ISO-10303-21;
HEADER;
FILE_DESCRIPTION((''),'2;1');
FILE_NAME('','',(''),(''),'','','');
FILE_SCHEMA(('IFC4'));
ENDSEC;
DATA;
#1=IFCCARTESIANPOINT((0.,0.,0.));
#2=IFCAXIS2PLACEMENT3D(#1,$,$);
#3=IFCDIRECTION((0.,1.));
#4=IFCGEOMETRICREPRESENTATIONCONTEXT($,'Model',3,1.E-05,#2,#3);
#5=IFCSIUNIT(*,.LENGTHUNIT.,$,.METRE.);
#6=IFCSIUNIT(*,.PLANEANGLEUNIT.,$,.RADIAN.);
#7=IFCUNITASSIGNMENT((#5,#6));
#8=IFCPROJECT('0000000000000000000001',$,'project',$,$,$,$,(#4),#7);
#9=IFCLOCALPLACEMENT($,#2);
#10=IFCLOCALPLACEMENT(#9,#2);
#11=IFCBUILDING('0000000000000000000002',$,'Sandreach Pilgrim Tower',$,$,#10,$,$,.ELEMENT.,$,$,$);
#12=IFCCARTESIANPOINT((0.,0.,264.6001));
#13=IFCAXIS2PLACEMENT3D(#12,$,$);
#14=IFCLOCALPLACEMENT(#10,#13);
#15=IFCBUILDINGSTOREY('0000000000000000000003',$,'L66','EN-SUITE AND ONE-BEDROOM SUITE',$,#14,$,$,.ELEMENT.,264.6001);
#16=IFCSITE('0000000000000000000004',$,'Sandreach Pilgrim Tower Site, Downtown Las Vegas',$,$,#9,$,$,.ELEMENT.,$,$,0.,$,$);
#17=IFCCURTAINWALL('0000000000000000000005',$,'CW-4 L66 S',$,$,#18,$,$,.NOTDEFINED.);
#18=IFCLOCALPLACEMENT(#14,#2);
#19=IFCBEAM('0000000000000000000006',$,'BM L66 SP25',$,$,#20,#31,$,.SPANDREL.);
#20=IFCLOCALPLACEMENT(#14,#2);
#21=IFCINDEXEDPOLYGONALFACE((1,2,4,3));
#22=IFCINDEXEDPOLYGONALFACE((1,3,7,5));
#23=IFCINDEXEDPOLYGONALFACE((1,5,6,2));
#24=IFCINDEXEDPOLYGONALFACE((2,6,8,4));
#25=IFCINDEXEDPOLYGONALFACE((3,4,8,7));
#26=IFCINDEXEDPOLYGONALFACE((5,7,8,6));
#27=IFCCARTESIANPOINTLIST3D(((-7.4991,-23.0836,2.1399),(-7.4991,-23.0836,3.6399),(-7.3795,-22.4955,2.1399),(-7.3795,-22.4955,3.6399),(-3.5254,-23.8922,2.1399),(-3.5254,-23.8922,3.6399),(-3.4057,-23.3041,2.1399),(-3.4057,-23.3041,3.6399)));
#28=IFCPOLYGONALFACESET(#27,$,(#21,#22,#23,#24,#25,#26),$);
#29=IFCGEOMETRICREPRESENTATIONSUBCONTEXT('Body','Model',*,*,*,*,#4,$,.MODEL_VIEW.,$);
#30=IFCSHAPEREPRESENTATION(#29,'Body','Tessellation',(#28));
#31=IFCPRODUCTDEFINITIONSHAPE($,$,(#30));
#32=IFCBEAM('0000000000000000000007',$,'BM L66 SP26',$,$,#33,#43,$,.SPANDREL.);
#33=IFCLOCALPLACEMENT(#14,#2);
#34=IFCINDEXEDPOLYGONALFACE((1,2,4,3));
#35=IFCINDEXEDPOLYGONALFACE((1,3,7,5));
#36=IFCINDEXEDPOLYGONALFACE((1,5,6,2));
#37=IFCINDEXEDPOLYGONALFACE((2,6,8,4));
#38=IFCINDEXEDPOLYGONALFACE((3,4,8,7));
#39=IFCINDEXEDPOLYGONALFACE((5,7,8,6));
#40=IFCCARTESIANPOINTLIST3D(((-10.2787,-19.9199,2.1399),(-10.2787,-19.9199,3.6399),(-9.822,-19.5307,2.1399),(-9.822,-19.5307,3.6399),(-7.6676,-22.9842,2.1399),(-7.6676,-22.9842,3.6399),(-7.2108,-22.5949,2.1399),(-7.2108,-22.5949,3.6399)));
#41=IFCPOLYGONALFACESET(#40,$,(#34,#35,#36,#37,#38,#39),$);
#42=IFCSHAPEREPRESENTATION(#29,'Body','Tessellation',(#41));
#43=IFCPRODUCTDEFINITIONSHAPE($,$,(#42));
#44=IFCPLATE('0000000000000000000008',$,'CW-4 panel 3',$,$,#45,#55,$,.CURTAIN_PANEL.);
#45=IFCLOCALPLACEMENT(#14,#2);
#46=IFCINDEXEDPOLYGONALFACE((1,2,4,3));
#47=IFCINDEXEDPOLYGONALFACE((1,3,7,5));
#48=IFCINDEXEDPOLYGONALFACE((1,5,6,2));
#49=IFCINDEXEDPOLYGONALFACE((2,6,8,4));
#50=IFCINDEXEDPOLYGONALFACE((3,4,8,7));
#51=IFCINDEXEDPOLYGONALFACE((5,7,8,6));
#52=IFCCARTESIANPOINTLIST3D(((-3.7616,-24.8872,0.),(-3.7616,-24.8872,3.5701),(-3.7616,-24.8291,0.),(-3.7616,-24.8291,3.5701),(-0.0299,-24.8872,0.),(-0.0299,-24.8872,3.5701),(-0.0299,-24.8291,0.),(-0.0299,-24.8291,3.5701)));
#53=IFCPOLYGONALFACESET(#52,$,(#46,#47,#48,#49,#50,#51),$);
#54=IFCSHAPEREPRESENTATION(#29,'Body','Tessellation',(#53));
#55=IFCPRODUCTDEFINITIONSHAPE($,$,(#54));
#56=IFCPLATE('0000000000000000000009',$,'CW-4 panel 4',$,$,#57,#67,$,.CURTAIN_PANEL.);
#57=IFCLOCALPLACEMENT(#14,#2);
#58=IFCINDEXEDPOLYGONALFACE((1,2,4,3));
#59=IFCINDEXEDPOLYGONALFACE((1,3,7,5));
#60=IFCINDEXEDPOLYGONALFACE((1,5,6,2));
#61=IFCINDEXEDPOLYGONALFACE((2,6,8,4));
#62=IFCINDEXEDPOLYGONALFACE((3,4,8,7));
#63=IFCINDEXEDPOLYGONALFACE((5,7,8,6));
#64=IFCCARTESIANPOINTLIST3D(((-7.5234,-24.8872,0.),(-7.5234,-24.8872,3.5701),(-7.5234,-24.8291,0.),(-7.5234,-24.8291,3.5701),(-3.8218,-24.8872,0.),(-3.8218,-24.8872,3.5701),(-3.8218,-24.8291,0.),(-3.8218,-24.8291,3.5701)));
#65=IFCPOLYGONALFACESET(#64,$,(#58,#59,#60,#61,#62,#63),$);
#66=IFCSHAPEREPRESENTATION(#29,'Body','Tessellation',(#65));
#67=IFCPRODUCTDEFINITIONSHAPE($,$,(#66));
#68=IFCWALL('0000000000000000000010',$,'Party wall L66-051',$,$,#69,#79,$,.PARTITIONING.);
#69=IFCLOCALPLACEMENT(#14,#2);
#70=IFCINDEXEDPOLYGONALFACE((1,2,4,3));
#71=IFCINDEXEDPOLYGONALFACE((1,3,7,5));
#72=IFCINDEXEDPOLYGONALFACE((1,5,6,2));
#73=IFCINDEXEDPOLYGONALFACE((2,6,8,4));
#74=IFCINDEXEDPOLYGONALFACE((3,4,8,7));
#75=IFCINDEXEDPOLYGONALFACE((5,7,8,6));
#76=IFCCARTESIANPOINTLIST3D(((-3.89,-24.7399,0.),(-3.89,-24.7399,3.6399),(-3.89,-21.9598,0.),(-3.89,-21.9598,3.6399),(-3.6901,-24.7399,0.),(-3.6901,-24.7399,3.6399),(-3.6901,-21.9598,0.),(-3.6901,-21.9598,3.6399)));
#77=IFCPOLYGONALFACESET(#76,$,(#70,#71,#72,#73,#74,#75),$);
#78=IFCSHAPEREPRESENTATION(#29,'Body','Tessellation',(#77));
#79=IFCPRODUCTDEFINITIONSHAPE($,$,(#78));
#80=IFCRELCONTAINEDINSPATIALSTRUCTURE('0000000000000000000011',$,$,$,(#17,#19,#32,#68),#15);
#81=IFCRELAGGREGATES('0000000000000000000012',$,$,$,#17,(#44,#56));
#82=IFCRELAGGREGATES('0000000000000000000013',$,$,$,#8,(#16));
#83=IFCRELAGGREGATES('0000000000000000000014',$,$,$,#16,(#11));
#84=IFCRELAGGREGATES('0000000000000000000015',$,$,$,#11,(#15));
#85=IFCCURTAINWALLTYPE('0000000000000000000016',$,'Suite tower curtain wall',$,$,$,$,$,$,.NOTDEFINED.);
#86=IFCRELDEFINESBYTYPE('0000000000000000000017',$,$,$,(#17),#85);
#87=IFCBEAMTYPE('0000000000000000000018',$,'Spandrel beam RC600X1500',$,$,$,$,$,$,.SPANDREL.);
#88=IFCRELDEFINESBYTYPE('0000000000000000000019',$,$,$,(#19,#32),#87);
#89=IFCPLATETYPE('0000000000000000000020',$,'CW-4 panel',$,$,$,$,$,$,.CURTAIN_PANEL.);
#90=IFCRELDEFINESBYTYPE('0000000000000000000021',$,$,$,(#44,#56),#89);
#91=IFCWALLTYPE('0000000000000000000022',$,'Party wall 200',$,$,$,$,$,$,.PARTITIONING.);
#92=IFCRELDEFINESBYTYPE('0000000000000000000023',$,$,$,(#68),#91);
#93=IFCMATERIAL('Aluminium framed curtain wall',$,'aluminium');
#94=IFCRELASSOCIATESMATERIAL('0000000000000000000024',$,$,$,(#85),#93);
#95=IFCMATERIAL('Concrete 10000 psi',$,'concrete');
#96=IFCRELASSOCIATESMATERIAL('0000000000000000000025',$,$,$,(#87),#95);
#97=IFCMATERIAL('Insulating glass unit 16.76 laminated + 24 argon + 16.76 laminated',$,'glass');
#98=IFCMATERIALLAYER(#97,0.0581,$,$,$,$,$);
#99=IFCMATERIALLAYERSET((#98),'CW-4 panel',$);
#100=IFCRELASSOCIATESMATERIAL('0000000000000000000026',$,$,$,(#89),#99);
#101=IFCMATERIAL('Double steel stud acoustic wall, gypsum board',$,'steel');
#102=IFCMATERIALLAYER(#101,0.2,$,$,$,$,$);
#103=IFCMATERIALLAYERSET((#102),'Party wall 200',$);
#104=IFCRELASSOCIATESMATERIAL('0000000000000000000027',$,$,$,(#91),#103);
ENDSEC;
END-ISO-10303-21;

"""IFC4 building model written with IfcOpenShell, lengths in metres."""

from ifc_helpers import new_model, si_unit, direction, frame, frame_2d, origin, origin_2d, place, context, subcontext, project, spatial, rectangle, extrude, material, layer, layer_set, material_profile, profile_set, type_object, element, aggregate, save


model = new_model("IFC4")

# Units and contexts
model_context = context("Model", 3, precision=1e-05, world=origin(), true_north=direction((0.0, 1.0)))
body_context = subcontext(model_context, "Body", "Model", "MODEL_VIEW")
ifc_project = project(units=[si_unit("LENGTHUNIT", "METRE"), si_unit("PLANEANGLEUNIT", "RADIAN")], contexts=[model_context])

# Site, building, storey
site_placement = place(None, origin())
site = spatial("IfcSite", under=ifc_project, at=site_placement, Name="Sandreach Pilgrim Tower Site, Downtown Las Vegas", CompositionType="ELEMENT", RefElevation=0.0)
building_placement = place(site_placement, origin())
building = spatial("IfcBuilding", under=site, at=building_placement, Name="Sandreach Pilgrim Tower", CompositionType="ELEMENT")
storey_placement = place(building_placement, frame((0.0, 0.0, 264.6001)))
storey = spatial("IfcBuildingStorey", under=building, at=storey_placement, Name="L66", Description="EN-SUITE AND ONE-BEDROOM SUITE", CompositionType="ELEMENT", Elevation=264.6001)

# Curtain wall
ifc_material_1 = material(Name="Aluminium framed curtain wall", Category="aluminium")
curtain_wall_type = type_object("IfcCurtainWallType", Name="Suite tower curtain wall", PredefinedType="NOTDEFINED", material=ifc_material_1)
curtain_wall_placement = place(storey_placement, origin())
curtain_wall = element("IfcCurtainWall", 1, at=curtain_wall_placement, inside=storey, type_object=curtain_wall_type, Name="CW-4 L66 S", PredefinedType="NOTDEFINED")

# Beams
ifc_material_2 = material(Name="Concrete 10000 psi", Category="concrete")
ifc_material_profile_1 = material_profile(ifc_material_2, rectangle(XDim=0.6001, YDim=1.5, at=origin_2d()), Name="RC600X1500")
ifc_profile_set_1 = profile_set([ifc_material_profile_1], Name="Concrete 10000 psi")
beam_type_1 = type_object("IfcBeamType", Name="Spandrel beam RC600X1500", PredefinedType="SPANDREL", material=ifc_profile_set_1)
beam_1_placement = place(storey_placement, frame((-3.4656, -23.5981, 2.8899), z_axis=(-0.979918, 0.199403, 0.0), x_axis=(-0.199403, -0.979918, 0.0)))
element("IfcBeam", 2, at=beam_1_placement, inside=storey, type_object=beam_type_1, Name="BM L66 SP25", PredefinedType="SPANDREL", context=body_context, shape_type="SweptSolid", body=[
    extrude(rectangle(XDim=0.6001, YDim=1.5, at=origin_2d()), origin(), (0.0, 0.0, 1.0), 4.0552),
])
beam_2_placement = place(storey_placement, frame((-7.4392, -22.7896, 2.8899), z_axis=(-0.648586, 0.761141, 0.0), x_axis=(-0.761141, -0.648586, 0.0)))
element("IfcBeam", 3, at=beam_2_placement, inside=storey, type_object=beam_type_1, Name="BM L66 SP26", PredefinedType="SPANDREL", context=body_context, shape_type="SweptSolid", body=[
    extrude(rectangle(XDim=0.6001, YDim=1.5, at=origin_2d()), origin(), (0.0, 0.0, 1.0), 4.0259),
])

# Plates
ifc_material_3 = material(Name="Insulating glass unit 16.76 laminated + 24 argon + 16.76 laminated", Category="glass")
ifc_layer_1 = layer(ifc_material_3, 0.0581)
ifc_layer_set_1 = layer_set([ifc_layer_1], Name="CW-4 panel")
plate_type = type_object("IfcPlateType", Name="CW-4 panel", PredefinedType="CURTAIN_PANEL", material=ifc_layer_set_1)
plate_1_placement = place(storey_placement, frame((-1.8958, -24.8582, 0.0), z_axis=(0.0, 0.0, 1.0), x_axis=(-1.0, 0.0, 0.0)))
plate_1 = element("IfcPlate", 4, at=plate_1_placement, type_object=plate_type, Name="CW-4 panel 3", PredefinedType="CURTAIN_PANEL", context=body_context, shape_type="SweptSolid", body=[
    extrude(rectangle(XDim=3.7317, YDim=0.0581, at=origin_2d()), origin(), (0.0, 0.0, 1.0), 3.5701),
])
plate_2_placement = place(storey_placement, frame((-5.6726, -24.8582, 0.0), z_axis=(0.0, 0.0, 1.0), x_axis=(-1.0, 0.0, 0.0)))
plate_2 = element("IfcPlate", 5, at=plate_2_placement, type_object=plate_type, Name="CW-4 panel 4", PredefinedType="CURTAIN_PANEL", context=body_context, shape_type="SweptSolid", body=[
    extrude(rectangle(XDim=3.7017, YDim=0.0581, at=origin_2d()), origin(), (0.0, 0.0, 1.0), 3.5701),
])
aggregate(curtain_wall, [plate_1, plate_2])

# Wall
ifc_material_4 = material(Name="Double steel stud acoustic wall, gypsum board", Category="steel")
ifc_layer_2 = layer(ifc_material_4, 0.2)
ifc_layer_set_2 = layer_set([ifc_layer_2], Name="Party wall 200")
wall_type = type_object("IfcWallType", Name="Party wall 200", PredefinedType="PARTITIONING", material=ifc_layer_set_2)
wall_placement = place(storey_placement, frame((-3.79, -24.74, 0.0), z_axis=(0.0, 0.0, 1.0), x_axis=(0.0, 1.0, 0.0)))
element("IfcWall", 6, at=wall_placement, inside=storey, type_object=wall_type, Name="Party wall L66-051", PredefinedType="PARTITIONING", context=body_context, shape_type="SweptSolid", body=[
    extrude(rectangle(XDim=2.78, YDim=0.2, at=frame_2d((1.3901, 0.0))), origin(), (0.0, 0.0, 1.0), 3.6399),
])

save(model, "model.ifc")
